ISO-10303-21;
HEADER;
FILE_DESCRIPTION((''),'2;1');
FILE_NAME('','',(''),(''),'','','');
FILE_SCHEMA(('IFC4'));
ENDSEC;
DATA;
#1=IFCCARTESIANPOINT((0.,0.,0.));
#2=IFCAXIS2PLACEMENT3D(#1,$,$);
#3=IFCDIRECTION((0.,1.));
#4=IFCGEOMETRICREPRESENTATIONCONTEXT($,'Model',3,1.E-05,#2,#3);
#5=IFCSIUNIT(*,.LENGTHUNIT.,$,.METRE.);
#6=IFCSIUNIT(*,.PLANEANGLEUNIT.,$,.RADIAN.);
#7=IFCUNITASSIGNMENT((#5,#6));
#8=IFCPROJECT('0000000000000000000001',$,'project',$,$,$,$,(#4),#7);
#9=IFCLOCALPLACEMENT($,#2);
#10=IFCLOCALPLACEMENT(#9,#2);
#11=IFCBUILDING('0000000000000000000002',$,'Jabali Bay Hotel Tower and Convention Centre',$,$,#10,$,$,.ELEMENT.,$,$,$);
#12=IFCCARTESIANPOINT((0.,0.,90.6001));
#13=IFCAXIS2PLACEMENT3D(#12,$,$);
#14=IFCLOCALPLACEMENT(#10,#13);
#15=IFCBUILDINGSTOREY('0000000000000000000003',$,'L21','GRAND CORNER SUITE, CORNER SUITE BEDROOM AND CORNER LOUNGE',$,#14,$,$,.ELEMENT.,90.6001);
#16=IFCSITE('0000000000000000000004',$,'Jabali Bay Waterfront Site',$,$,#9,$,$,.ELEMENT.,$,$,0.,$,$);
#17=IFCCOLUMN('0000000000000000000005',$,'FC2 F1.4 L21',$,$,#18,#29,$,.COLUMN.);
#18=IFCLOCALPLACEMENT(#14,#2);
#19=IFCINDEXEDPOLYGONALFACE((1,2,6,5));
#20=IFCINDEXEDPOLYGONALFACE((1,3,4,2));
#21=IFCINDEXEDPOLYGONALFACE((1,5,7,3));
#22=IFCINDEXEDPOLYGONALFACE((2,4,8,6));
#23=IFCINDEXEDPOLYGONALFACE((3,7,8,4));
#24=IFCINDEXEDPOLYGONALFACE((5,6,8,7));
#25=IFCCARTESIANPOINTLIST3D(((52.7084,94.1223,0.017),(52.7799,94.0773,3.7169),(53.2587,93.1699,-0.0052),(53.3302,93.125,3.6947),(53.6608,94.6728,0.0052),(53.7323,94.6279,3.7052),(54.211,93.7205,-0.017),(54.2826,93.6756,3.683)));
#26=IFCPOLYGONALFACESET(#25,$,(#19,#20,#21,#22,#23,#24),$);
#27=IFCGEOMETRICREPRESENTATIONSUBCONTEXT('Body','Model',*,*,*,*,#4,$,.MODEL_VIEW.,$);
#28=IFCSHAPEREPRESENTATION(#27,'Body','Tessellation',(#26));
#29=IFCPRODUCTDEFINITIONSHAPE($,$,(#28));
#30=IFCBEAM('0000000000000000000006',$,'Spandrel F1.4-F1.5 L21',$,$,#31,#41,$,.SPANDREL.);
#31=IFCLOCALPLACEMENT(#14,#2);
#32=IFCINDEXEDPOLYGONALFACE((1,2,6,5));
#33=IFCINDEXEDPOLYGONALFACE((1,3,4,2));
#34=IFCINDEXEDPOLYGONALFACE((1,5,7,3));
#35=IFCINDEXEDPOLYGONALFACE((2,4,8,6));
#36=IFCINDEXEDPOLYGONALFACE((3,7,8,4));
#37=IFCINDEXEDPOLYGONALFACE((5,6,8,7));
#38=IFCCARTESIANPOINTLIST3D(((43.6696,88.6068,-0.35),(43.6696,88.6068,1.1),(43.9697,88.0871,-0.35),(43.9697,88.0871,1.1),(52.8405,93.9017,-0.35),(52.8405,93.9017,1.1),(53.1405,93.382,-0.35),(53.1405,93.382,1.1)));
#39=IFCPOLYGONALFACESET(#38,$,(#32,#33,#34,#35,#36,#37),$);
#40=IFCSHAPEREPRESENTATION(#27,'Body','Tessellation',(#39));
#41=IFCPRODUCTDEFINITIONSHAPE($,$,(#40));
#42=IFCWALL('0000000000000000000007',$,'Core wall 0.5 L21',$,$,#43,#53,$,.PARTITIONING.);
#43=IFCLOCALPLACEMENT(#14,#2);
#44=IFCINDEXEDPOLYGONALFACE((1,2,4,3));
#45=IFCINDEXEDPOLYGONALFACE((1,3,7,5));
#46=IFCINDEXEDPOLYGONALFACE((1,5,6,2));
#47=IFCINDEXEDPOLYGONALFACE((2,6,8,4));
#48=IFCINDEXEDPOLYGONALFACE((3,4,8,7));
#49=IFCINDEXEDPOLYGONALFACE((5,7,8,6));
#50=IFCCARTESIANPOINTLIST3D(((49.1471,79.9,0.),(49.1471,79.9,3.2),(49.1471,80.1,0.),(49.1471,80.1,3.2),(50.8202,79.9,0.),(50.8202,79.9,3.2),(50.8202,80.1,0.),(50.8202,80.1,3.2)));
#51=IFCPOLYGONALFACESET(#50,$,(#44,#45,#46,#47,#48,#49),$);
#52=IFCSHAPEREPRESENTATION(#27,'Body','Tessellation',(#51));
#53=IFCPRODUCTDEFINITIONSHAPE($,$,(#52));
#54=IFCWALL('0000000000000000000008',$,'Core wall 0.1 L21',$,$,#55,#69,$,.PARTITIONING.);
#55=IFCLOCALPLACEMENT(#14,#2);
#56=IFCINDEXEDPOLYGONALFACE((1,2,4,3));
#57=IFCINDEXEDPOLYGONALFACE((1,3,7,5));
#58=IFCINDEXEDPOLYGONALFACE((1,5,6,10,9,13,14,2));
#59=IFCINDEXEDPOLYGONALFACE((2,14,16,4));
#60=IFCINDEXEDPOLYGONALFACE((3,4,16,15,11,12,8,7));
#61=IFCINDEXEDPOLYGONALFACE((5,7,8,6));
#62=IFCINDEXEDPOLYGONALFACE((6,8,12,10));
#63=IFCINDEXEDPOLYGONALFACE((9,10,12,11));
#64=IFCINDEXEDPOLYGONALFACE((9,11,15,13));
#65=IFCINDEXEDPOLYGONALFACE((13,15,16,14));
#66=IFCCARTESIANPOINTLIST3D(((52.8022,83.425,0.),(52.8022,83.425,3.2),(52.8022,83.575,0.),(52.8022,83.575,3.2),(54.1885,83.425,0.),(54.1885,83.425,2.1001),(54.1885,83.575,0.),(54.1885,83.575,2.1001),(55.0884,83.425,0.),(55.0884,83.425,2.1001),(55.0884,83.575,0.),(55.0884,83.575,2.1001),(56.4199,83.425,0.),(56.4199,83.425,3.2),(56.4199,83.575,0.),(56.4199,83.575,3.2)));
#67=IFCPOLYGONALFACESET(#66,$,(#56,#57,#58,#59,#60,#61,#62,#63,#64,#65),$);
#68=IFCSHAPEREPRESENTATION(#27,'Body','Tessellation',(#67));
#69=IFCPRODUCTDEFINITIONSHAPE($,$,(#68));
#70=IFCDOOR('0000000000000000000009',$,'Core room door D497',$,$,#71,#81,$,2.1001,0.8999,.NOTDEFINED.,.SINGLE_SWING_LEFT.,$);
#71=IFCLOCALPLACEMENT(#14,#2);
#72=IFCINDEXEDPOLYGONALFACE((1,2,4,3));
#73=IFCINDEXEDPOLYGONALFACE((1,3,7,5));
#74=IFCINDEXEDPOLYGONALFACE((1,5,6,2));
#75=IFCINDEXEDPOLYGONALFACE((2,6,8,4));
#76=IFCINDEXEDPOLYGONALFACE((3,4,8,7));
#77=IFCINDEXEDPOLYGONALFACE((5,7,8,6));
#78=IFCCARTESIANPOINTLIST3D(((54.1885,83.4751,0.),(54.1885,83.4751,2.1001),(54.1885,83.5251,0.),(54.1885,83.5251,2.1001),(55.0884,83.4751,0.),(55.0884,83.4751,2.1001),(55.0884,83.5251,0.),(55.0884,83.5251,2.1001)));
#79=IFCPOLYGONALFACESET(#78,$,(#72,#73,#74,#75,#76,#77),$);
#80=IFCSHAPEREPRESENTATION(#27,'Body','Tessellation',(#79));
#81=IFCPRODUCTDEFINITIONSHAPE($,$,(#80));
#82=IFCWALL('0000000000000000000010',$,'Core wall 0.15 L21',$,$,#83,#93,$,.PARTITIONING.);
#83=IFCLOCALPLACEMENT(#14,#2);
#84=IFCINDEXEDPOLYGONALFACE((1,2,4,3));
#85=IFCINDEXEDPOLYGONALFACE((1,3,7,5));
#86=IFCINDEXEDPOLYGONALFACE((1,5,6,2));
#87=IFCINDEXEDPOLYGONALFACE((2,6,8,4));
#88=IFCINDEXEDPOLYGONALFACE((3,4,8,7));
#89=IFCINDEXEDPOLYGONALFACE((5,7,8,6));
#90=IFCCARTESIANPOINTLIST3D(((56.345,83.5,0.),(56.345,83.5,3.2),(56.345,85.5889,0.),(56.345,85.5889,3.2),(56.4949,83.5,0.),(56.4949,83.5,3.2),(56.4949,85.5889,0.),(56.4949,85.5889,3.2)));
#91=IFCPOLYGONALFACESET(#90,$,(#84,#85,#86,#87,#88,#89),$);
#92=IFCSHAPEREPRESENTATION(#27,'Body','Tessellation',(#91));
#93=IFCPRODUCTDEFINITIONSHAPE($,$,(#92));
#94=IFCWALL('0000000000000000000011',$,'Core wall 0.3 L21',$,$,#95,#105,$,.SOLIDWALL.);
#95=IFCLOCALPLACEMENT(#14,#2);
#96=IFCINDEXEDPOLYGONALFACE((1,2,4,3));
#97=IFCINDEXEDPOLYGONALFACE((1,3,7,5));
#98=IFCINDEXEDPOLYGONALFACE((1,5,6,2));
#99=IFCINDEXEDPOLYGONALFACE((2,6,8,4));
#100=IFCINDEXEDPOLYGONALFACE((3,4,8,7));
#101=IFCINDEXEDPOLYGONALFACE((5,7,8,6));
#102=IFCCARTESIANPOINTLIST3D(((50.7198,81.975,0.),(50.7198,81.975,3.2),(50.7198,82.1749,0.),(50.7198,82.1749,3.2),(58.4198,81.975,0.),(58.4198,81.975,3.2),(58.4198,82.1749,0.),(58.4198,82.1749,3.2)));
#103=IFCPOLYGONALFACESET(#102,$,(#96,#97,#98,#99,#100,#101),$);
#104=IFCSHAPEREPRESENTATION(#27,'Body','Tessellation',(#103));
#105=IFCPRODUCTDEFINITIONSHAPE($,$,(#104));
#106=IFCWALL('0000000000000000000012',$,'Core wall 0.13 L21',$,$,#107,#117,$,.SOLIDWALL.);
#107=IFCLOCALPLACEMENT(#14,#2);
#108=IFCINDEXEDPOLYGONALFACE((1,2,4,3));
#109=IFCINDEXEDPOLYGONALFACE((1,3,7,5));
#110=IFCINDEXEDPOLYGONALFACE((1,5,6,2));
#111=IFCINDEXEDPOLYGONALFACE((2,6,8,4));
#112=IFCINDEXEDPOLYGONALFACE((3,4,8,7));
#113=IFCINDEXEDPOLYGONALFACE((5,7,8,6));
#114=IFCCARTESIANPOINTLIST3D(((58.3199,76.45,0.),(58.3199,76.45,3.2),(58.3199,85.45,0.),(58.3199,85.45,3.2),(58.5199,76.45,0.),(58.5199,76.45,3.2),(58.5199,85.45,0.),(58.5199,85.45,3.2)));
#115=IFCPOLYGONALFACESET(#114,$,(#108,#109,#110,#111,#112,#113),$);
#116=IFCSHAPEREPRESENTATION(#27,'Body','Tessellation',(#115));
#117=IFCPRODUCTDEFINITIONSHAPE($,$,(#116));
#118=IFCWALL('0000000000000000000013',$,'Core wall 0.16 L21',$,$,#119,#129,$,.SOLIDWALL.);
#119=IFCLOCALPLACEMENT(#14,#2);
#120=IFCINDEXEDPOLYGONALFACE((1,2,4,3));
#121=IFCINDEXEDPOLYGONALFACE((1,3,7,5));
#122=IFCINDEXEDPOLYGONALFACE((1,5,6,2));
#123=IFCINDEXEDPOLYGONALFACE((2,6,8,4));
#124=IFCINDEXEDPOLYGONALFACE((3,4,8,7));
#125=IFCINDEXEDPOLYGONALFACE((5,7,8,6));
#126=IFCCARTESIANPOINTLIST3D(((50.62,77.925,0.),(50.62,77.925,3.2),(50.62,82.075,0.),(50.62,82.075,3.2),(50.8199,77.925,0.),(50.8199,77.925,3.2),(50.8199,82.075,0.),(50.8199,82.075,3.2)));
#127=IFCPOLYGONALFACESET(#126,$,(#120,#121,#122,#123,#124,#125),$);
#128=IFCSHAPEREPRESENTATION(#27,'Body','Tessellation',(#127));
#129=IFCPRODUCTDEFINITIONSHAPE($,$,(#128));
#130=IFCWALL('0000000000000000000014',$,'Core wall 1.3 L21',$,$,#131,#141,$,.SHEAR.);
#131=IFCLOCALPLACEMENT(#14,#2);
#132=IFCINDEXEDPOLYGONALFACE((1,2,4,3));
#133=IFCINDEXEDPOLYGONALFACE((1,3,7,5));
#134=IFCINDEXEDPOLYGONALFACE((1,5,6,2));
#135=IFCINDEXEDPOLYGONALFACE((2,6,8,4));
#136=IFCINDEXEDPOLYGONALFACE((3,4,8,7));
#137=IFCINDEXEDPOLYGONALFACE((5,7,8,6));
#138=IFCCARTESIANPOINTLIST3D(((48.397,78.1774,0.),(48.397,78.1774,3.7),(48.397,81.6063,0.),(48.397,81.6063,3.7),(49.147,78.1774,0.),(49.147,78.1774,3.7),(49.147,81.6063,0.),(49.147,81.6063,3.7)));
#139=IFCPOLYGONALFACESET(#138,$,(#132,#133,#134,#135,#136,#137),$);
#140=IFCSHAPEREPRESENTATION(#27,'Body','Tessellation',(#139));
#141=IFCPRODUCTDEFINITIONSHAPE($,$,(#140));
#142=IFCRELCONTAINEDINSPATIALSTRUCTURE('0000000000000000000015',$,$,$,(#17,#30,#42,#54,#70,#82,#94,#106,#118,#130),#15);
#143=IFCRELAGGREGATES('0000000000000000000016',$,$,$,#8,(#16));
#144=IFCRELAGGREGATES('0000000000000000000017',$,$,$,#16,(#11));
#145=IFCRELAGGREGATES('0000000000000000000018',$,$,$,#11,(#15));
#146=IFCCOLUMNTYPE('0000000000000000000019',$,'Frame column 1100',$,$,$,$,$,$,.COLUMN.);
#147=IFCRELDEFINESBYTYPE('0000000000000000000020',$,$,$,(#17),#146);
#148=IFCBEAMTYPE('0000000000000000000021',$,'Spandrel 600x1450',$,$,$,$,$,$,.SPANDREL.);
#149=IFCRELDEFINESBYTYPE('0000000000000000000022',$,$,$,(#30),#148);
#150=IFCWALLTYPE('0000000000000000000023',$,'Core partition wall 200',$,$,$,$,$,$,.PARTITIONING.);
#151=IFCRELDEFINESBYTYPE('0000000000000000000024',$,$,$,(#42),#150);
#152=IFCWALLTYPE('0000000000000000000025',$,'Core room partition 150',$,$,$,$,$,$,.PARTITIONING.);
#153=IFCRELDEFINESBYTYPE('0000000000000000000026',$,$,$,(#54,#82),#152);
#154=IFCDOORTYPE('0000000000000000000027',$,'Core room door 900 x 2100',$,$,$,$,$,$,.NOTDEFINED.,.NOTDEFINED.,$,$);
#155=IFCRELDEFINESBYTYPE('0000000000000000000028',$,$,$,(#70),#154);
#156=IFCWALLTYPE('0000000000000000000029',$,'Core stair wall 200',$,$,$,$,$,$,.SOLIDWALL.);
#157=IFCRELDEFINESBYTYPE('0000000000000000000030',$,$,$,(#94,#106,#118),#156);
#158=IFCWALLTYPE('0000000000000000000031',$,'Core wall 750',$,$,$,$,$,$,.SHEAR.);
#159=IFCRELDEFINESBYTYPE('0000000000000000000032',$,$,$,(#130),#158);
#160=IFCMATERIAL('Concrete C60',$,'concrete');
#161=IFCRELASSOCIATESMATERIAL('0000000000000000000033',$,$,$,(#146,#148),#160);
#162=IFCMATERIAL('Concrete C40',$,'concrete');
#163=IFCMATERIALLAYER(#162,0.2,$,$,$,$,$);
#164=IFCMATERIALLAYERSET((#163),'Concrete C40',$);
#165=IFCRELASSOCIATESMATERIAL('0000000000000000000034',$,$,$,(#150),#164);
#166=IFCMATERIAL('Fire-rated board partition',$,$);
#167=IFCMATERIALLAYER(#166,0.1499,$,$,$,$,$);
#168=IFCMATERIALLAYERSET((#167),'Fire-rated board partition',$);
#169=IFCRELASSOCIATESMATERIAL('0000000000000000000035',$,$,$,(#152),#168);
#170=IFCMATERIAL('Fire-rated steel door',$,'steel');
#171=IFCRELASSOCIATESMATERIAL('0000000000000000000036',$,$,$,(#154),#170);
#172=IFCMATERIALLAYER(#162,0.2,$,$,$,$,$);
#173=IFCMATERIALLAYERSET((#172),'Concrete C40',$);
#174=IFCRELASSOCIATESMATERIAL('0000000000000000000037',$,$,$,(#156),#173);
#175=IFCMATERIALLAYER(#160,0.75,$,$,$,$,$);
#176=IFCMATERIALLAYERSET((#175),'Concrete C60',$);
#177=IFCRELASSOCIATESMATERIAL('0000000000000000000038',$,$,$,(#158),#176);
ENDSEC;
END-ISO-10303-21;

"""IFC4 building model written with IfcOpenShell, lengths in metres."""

from ifc_helpers import new_model, si_unit, direction, frame, frame_2d, origin, origin_2d, place, context, subcontext, project, spatial, rectangle, extrude, material, layer, layer_set, material_profile, profile_set, type_object, element, fill, save


model = new_model("IFC4")

# Units and contexts
model_context = context("Model", 3, precision=1e-05, world=origin(), true_north=direction((0.0, 1.0)))
body_context = subcontext(model_context, "Body", "Model", "MODEL_VIEW")
ifc_project = project(units=[si_unit("LENGTHUNIT", "METRE"), si_unit("PLANEANGLEUNIT", "RADIAN")], contexts=[model_context])

# Site, building, storey
site_placement = place(None, origin())
site = spatial("IfcSite", under=ifc_project, at=site_placement, Name="Jabali Bay Waterfront Site", CompositionType="ELEMENT", RefElevation=0.0)
building_placement = place(site_placement, origin())
building = spatial("IfcBuilding", under=site, at=building_placement, Name="Jabali Bay Hotel Tower and Convention Centre", CompositionType="ELEMENT")
storey_placement = place(building_placement, frame((0.0, 0.0, 90.6001)))
storey = spatial("IfcBuildingStorey", under=building, at=storey_placement, Name="L21", Description="GRAND CORNER SUITE, CORNER SUITE BEDROOM AND CORNER LOUNGE", CompositionType="ELEMENT", Elevation=90.6001)

# Column
ifc_material_1 = material(Name="Concrete C60", Category="concrete")
ifc_material_profile_1 = material_profile(ifc_material_1, rectangle(XDim=1.1001, YDim=1.1001, at=origin_2d()), Name="Frame column 1100")
ifc_profile_set_1 = profile_set([ifc_material_profile_1], Name="Concrete C60")
column_type = type_object("IfcColumnType", Name="Frame column 1100", PredefinedType="COLUMN", material=ifc_profile_set_1)
column_placement = place(storey_placement, frame((53.4597, 93.9214, 0.0), z_axis=(0.019329, -0.012138, 0.99974), x_axis=(-0.500206, 0.865671, 0.020181)))
element("IfcColumn", 1, at=column_placement, inside=storey, type_object=column_type, Name="FC2 F1.4 L21", PredefinedType="COLUMN", context=body_context, shape_type="SweptSolid", body=[
    extrude(rectangle(XDim=1.1001, YDim=1.1001, at=origin_2d()), origin(), (0.0, 0.0, 1.0), 3.7009),
])

# Beam
ifc_material_profile_2 = material_profile(ifc_material_1, rectangle(XDim=0.6001, YDim=1.45, at=origin_2d()), Name="Spandrel 600x1450")
ifc_profile_set_2 = profile_set([ifc_material_profile_2], Name="Concrete C60")
beam_type = type_object("IfcBeamType", Name="Spandrel 600x1450", PredefinedType="SPANDREL", material=ifc_profile_set_2)
beam_placement = place(storey_placement, frame((52.9905, 93.6418, 0.375), z_axis=(-0.866021, -0.500007, 0.0), x_axis=(0.500007, -0.866021, 0.0)))
element("IfcBeam", 2, at=beam_placement, inside=storey, type_object=beam_type, Name="Spandrel F1.4-F1.5 L21", PredefinedType="SPANDREL", context=body_context, shape_type="SweptSolid", body=[
    extrude(rectangle(XDim=0.6001, YDim=1.45, at=origin_2d()), origin(), (0.0, 0.0, 1.0), 10.5896),
])

# Wall
ifc_material_2 = material(Name="Concrete C40", Category="concrete")
ifc_layer_1 = layer(ifc_material_2, 0.2)
ifc_layer_set_1 = layer_set([ifc_layer_1], Name="Concrete C40")
wall_type_1 = type_object("IfcWallType", Name="Core partition wall 200", PredefinedType="PARTITIONING", material=ifc_layer_set_1)
wall_1_placement = place(storey_placement, frame((50.8201, 80.0, 0.0), z_axis=(0.0, 0.0, 1.0), x_axis=(-1.0, 0.0, 0.0)))
element("IfcWall", 3, at=wall_1_placement, inside=storey, type_object=wall_type_1, Name="Core wall 0.5 L21", PredefinedType="PARTITIONING", context=body_context, shape_type="SweptSolid", body=[
    extrude(rectangle(XDim=1.6731, YDim=0.2, at=frame_2d((0.8364, 0.0))), origin(), (0.0, 0.0, 1.0), 3.2),
])

# Wall, opening, door
ifc_material_3 = material(Name="Fire-rated board partition")
ifc_layer_2 = layer(ifc_material_3, 0.1499)
ifc_layer_set_2 = layer_set([ifc_layer_2], Name="Fire-rated board partition")
wall_type_2 = type_object("IfcWallType", Name="Core room partition 150", PredefinedType="PARTITIONING", material=ifc_layer_set_2)
wall_2_placement = place(storey_placement, frame((56.4199, 83.5, 0.0), z_axis=(0.0, 0.0, 1.0), x_axis=(-1.0, 0.0, 0.0)))
wall_2 = element("IfcWall", 4, at=wall_2_placement, inside=storey, type_object=wall_type_2, Name="Core wall 0.1 L21", PredefinedType="PARTITIONING", context=body_context, shape_type="SweptSolid", body=[
    extrude(rectangle(XDim=3.6177, YDim=0.1499, at=frame_2d((1.8088, 0.0))), origin(), (0.0, 0.0, 1.0), 3.2),
])
opening_placement = place(wall_2_placement, frame((1.3315, 0.0, 0.0)))
opening = element("IfcOpeningElement", 5, at=opening_placement, cuts=wall_2, PredefinedType="OPENING", context=body_context, shape_type="SweptSolid", body=[
    extrude(rectangle(XDim=0.8999, YDim=2.1001, at=frame_2d((0.45, 1.05))), frame((0.0, 0.0854, 0.0), z_axis=(0.0, -1.0, 0.0), x_axis=(1.0, 0.0, 0.0)), (0.0, 0.0, 1.0), 0.1709),
])
ifc_material_4 = material(Name="Fire-rated steel door", Category="steel")
door_type = type_object("IfcDoorType", Name="Core room door 900 x 2100", OperationType="NOTDEFINED", PredefinedType="NOTDEFINED", material=ifc_material_4)
door_placement = place(opening_placement, origin())
door = element("IfcDoor", 6, at=door_placement, inside=storey, type_object=door_type, Name="Core room door D497", OperationType="SINGLE_SWING_LEFT", OverallHeight=2.1001, OverallWidth=0.8999, PredefinedType="NOTDEFINED", context=body_context, shape_type="SweptSolid", body=[
    extrude(rectangle(XDim=0.8999, YDim=2.1001, at=frame_2d((0.45, 1.05))), frame((0.0, 0.0249, 0.0), z_axis=(0.0, -1.0, 0.0), x_axis=(1.0, 0.0, 0.0)), (0.0, 0.0, 1.0), 0.05),
])
fill(opening, door)

# Walls
wall_3_placement = place(storey_placement, frame((56.4199, 85.5889, 0.0), z_axis=(0.0, 0.0, 1.0), x_axis=(0.0, -1.0, 0.0)))
element("IfcWall", 7, at=wall_3_placement, inside=storey, type_object=wall_type_2, Name="Core wall 0.15 L21", PredefinedType="PARTITIONING", context=body_context, shape_type="SweptSolid", body=[
    extrude(rectangle(XDim=2.0889, YDim=0.1499, at=frame_2d((1.0444, 0.0))), origin(), (0.0, 0.0, 1.0), 3.2),
])
ifc_layer_3 = layer(ifc_material_2, 0.2)
ifc_layer_set_3 = layer_set([ifc_layer_3], Name="Concrete C40")
wall_type_3 = type_object("IfcWallType", Name="Core stair wall 200", PredefinedType="SOLIDWALL", material=ifc_layer_set_3)
wall_4_placement = place(storey_placement, frame((58.4199, 82.075, 0.0), z_axis=(0.0, 0.0, 1.0), x_axis=(-1.0, 0.0, 0.0)))
element("IfcWall", 8, at=wall_4_placement, inside=storey, type_object=wall_type_3, Name="Core wall 0.3 L21", PredefinedType="SOLIDWALL", context=body_context, shape_type="SweptSolid", body=[
    extrude(rectangle(XDim=7.7, YDim=0.2, at=frame_2d((3.8501, 0.0))), origin(), (0.0, 0.0, 1.0), 3.2),
])
wall_5_placement = place(storey_placement, frame((58.4199, 85.45, 0.0), z_axis=(0.0, 0.0, 1.0), x_axis=(0.0, -1.0, 0.0)))
element("IfcWall", 9, at=wall_5_placement, inside=storey, type_object=wall_type_3, Name="Core wall 0.13 L21", PredefinedType="SOLIDWALL", context=body_context, shape_type="SweptSolid", body=[
    extrude(rectangle(XDim=9.0, YDim=0.2, at=frame_2d((4.5, 0.0))), origin(), (0.0, 0.0, 1.0), 3.2),
])
wall_6_placement = place(storey_placement, frame((50.72, 82.075, 0.0), z_axis=(0.0, 0.0, 1.0), x_axis=(0.0, -1.0, 0.0)))
element("IfcWall", 10, at=wall_6_placement, inside=storey, type_object=wall_type_3, Name="Core wall 0.16 L21", PredefinedType="SOLIDWALL", context=body_context, shape_type="SweptSolid", body=[
    extrude(rectangle(XDim=4.1499, YDim=0.2, at=frame_2d((2.075, 0.0))), origin(), (0.0, 0.0, 1.0), 3.2),
])
ifc_layer_4 = layer(ifc_material_1, 0.75)
ifc_layer_set_4 = layer_set([ifc_layer_4], Name="Concrete C60")
wall_type_4 = type_object("IfcWallType", Name="Core wall 750", PredefinedType="SHEAR", material=ifc_layer_set_4)
wall_7_placement = place(storey_placement, frame((48.772, 81.6062, 0.0), z_axis=(0.0, 0.0, 1.0), x_axis=(0.0, -1.0, 0.0)))
element("IfcWall", 11, at=wall_7_placement, inside=storey, type_object=wall_type_4, Name="Core wall 1.3 L21", PredefinedType="SHEAR", context=body_context, shape_type="SweptSolid", body=[
    extrude(rectangle(XDim=3.429, YDim=0.75, at=frame_2d((1.7144, 0.0))), origin(), (0.0, 0.0, 1.0), 3.7),
])

save(model, "model.ifc")
